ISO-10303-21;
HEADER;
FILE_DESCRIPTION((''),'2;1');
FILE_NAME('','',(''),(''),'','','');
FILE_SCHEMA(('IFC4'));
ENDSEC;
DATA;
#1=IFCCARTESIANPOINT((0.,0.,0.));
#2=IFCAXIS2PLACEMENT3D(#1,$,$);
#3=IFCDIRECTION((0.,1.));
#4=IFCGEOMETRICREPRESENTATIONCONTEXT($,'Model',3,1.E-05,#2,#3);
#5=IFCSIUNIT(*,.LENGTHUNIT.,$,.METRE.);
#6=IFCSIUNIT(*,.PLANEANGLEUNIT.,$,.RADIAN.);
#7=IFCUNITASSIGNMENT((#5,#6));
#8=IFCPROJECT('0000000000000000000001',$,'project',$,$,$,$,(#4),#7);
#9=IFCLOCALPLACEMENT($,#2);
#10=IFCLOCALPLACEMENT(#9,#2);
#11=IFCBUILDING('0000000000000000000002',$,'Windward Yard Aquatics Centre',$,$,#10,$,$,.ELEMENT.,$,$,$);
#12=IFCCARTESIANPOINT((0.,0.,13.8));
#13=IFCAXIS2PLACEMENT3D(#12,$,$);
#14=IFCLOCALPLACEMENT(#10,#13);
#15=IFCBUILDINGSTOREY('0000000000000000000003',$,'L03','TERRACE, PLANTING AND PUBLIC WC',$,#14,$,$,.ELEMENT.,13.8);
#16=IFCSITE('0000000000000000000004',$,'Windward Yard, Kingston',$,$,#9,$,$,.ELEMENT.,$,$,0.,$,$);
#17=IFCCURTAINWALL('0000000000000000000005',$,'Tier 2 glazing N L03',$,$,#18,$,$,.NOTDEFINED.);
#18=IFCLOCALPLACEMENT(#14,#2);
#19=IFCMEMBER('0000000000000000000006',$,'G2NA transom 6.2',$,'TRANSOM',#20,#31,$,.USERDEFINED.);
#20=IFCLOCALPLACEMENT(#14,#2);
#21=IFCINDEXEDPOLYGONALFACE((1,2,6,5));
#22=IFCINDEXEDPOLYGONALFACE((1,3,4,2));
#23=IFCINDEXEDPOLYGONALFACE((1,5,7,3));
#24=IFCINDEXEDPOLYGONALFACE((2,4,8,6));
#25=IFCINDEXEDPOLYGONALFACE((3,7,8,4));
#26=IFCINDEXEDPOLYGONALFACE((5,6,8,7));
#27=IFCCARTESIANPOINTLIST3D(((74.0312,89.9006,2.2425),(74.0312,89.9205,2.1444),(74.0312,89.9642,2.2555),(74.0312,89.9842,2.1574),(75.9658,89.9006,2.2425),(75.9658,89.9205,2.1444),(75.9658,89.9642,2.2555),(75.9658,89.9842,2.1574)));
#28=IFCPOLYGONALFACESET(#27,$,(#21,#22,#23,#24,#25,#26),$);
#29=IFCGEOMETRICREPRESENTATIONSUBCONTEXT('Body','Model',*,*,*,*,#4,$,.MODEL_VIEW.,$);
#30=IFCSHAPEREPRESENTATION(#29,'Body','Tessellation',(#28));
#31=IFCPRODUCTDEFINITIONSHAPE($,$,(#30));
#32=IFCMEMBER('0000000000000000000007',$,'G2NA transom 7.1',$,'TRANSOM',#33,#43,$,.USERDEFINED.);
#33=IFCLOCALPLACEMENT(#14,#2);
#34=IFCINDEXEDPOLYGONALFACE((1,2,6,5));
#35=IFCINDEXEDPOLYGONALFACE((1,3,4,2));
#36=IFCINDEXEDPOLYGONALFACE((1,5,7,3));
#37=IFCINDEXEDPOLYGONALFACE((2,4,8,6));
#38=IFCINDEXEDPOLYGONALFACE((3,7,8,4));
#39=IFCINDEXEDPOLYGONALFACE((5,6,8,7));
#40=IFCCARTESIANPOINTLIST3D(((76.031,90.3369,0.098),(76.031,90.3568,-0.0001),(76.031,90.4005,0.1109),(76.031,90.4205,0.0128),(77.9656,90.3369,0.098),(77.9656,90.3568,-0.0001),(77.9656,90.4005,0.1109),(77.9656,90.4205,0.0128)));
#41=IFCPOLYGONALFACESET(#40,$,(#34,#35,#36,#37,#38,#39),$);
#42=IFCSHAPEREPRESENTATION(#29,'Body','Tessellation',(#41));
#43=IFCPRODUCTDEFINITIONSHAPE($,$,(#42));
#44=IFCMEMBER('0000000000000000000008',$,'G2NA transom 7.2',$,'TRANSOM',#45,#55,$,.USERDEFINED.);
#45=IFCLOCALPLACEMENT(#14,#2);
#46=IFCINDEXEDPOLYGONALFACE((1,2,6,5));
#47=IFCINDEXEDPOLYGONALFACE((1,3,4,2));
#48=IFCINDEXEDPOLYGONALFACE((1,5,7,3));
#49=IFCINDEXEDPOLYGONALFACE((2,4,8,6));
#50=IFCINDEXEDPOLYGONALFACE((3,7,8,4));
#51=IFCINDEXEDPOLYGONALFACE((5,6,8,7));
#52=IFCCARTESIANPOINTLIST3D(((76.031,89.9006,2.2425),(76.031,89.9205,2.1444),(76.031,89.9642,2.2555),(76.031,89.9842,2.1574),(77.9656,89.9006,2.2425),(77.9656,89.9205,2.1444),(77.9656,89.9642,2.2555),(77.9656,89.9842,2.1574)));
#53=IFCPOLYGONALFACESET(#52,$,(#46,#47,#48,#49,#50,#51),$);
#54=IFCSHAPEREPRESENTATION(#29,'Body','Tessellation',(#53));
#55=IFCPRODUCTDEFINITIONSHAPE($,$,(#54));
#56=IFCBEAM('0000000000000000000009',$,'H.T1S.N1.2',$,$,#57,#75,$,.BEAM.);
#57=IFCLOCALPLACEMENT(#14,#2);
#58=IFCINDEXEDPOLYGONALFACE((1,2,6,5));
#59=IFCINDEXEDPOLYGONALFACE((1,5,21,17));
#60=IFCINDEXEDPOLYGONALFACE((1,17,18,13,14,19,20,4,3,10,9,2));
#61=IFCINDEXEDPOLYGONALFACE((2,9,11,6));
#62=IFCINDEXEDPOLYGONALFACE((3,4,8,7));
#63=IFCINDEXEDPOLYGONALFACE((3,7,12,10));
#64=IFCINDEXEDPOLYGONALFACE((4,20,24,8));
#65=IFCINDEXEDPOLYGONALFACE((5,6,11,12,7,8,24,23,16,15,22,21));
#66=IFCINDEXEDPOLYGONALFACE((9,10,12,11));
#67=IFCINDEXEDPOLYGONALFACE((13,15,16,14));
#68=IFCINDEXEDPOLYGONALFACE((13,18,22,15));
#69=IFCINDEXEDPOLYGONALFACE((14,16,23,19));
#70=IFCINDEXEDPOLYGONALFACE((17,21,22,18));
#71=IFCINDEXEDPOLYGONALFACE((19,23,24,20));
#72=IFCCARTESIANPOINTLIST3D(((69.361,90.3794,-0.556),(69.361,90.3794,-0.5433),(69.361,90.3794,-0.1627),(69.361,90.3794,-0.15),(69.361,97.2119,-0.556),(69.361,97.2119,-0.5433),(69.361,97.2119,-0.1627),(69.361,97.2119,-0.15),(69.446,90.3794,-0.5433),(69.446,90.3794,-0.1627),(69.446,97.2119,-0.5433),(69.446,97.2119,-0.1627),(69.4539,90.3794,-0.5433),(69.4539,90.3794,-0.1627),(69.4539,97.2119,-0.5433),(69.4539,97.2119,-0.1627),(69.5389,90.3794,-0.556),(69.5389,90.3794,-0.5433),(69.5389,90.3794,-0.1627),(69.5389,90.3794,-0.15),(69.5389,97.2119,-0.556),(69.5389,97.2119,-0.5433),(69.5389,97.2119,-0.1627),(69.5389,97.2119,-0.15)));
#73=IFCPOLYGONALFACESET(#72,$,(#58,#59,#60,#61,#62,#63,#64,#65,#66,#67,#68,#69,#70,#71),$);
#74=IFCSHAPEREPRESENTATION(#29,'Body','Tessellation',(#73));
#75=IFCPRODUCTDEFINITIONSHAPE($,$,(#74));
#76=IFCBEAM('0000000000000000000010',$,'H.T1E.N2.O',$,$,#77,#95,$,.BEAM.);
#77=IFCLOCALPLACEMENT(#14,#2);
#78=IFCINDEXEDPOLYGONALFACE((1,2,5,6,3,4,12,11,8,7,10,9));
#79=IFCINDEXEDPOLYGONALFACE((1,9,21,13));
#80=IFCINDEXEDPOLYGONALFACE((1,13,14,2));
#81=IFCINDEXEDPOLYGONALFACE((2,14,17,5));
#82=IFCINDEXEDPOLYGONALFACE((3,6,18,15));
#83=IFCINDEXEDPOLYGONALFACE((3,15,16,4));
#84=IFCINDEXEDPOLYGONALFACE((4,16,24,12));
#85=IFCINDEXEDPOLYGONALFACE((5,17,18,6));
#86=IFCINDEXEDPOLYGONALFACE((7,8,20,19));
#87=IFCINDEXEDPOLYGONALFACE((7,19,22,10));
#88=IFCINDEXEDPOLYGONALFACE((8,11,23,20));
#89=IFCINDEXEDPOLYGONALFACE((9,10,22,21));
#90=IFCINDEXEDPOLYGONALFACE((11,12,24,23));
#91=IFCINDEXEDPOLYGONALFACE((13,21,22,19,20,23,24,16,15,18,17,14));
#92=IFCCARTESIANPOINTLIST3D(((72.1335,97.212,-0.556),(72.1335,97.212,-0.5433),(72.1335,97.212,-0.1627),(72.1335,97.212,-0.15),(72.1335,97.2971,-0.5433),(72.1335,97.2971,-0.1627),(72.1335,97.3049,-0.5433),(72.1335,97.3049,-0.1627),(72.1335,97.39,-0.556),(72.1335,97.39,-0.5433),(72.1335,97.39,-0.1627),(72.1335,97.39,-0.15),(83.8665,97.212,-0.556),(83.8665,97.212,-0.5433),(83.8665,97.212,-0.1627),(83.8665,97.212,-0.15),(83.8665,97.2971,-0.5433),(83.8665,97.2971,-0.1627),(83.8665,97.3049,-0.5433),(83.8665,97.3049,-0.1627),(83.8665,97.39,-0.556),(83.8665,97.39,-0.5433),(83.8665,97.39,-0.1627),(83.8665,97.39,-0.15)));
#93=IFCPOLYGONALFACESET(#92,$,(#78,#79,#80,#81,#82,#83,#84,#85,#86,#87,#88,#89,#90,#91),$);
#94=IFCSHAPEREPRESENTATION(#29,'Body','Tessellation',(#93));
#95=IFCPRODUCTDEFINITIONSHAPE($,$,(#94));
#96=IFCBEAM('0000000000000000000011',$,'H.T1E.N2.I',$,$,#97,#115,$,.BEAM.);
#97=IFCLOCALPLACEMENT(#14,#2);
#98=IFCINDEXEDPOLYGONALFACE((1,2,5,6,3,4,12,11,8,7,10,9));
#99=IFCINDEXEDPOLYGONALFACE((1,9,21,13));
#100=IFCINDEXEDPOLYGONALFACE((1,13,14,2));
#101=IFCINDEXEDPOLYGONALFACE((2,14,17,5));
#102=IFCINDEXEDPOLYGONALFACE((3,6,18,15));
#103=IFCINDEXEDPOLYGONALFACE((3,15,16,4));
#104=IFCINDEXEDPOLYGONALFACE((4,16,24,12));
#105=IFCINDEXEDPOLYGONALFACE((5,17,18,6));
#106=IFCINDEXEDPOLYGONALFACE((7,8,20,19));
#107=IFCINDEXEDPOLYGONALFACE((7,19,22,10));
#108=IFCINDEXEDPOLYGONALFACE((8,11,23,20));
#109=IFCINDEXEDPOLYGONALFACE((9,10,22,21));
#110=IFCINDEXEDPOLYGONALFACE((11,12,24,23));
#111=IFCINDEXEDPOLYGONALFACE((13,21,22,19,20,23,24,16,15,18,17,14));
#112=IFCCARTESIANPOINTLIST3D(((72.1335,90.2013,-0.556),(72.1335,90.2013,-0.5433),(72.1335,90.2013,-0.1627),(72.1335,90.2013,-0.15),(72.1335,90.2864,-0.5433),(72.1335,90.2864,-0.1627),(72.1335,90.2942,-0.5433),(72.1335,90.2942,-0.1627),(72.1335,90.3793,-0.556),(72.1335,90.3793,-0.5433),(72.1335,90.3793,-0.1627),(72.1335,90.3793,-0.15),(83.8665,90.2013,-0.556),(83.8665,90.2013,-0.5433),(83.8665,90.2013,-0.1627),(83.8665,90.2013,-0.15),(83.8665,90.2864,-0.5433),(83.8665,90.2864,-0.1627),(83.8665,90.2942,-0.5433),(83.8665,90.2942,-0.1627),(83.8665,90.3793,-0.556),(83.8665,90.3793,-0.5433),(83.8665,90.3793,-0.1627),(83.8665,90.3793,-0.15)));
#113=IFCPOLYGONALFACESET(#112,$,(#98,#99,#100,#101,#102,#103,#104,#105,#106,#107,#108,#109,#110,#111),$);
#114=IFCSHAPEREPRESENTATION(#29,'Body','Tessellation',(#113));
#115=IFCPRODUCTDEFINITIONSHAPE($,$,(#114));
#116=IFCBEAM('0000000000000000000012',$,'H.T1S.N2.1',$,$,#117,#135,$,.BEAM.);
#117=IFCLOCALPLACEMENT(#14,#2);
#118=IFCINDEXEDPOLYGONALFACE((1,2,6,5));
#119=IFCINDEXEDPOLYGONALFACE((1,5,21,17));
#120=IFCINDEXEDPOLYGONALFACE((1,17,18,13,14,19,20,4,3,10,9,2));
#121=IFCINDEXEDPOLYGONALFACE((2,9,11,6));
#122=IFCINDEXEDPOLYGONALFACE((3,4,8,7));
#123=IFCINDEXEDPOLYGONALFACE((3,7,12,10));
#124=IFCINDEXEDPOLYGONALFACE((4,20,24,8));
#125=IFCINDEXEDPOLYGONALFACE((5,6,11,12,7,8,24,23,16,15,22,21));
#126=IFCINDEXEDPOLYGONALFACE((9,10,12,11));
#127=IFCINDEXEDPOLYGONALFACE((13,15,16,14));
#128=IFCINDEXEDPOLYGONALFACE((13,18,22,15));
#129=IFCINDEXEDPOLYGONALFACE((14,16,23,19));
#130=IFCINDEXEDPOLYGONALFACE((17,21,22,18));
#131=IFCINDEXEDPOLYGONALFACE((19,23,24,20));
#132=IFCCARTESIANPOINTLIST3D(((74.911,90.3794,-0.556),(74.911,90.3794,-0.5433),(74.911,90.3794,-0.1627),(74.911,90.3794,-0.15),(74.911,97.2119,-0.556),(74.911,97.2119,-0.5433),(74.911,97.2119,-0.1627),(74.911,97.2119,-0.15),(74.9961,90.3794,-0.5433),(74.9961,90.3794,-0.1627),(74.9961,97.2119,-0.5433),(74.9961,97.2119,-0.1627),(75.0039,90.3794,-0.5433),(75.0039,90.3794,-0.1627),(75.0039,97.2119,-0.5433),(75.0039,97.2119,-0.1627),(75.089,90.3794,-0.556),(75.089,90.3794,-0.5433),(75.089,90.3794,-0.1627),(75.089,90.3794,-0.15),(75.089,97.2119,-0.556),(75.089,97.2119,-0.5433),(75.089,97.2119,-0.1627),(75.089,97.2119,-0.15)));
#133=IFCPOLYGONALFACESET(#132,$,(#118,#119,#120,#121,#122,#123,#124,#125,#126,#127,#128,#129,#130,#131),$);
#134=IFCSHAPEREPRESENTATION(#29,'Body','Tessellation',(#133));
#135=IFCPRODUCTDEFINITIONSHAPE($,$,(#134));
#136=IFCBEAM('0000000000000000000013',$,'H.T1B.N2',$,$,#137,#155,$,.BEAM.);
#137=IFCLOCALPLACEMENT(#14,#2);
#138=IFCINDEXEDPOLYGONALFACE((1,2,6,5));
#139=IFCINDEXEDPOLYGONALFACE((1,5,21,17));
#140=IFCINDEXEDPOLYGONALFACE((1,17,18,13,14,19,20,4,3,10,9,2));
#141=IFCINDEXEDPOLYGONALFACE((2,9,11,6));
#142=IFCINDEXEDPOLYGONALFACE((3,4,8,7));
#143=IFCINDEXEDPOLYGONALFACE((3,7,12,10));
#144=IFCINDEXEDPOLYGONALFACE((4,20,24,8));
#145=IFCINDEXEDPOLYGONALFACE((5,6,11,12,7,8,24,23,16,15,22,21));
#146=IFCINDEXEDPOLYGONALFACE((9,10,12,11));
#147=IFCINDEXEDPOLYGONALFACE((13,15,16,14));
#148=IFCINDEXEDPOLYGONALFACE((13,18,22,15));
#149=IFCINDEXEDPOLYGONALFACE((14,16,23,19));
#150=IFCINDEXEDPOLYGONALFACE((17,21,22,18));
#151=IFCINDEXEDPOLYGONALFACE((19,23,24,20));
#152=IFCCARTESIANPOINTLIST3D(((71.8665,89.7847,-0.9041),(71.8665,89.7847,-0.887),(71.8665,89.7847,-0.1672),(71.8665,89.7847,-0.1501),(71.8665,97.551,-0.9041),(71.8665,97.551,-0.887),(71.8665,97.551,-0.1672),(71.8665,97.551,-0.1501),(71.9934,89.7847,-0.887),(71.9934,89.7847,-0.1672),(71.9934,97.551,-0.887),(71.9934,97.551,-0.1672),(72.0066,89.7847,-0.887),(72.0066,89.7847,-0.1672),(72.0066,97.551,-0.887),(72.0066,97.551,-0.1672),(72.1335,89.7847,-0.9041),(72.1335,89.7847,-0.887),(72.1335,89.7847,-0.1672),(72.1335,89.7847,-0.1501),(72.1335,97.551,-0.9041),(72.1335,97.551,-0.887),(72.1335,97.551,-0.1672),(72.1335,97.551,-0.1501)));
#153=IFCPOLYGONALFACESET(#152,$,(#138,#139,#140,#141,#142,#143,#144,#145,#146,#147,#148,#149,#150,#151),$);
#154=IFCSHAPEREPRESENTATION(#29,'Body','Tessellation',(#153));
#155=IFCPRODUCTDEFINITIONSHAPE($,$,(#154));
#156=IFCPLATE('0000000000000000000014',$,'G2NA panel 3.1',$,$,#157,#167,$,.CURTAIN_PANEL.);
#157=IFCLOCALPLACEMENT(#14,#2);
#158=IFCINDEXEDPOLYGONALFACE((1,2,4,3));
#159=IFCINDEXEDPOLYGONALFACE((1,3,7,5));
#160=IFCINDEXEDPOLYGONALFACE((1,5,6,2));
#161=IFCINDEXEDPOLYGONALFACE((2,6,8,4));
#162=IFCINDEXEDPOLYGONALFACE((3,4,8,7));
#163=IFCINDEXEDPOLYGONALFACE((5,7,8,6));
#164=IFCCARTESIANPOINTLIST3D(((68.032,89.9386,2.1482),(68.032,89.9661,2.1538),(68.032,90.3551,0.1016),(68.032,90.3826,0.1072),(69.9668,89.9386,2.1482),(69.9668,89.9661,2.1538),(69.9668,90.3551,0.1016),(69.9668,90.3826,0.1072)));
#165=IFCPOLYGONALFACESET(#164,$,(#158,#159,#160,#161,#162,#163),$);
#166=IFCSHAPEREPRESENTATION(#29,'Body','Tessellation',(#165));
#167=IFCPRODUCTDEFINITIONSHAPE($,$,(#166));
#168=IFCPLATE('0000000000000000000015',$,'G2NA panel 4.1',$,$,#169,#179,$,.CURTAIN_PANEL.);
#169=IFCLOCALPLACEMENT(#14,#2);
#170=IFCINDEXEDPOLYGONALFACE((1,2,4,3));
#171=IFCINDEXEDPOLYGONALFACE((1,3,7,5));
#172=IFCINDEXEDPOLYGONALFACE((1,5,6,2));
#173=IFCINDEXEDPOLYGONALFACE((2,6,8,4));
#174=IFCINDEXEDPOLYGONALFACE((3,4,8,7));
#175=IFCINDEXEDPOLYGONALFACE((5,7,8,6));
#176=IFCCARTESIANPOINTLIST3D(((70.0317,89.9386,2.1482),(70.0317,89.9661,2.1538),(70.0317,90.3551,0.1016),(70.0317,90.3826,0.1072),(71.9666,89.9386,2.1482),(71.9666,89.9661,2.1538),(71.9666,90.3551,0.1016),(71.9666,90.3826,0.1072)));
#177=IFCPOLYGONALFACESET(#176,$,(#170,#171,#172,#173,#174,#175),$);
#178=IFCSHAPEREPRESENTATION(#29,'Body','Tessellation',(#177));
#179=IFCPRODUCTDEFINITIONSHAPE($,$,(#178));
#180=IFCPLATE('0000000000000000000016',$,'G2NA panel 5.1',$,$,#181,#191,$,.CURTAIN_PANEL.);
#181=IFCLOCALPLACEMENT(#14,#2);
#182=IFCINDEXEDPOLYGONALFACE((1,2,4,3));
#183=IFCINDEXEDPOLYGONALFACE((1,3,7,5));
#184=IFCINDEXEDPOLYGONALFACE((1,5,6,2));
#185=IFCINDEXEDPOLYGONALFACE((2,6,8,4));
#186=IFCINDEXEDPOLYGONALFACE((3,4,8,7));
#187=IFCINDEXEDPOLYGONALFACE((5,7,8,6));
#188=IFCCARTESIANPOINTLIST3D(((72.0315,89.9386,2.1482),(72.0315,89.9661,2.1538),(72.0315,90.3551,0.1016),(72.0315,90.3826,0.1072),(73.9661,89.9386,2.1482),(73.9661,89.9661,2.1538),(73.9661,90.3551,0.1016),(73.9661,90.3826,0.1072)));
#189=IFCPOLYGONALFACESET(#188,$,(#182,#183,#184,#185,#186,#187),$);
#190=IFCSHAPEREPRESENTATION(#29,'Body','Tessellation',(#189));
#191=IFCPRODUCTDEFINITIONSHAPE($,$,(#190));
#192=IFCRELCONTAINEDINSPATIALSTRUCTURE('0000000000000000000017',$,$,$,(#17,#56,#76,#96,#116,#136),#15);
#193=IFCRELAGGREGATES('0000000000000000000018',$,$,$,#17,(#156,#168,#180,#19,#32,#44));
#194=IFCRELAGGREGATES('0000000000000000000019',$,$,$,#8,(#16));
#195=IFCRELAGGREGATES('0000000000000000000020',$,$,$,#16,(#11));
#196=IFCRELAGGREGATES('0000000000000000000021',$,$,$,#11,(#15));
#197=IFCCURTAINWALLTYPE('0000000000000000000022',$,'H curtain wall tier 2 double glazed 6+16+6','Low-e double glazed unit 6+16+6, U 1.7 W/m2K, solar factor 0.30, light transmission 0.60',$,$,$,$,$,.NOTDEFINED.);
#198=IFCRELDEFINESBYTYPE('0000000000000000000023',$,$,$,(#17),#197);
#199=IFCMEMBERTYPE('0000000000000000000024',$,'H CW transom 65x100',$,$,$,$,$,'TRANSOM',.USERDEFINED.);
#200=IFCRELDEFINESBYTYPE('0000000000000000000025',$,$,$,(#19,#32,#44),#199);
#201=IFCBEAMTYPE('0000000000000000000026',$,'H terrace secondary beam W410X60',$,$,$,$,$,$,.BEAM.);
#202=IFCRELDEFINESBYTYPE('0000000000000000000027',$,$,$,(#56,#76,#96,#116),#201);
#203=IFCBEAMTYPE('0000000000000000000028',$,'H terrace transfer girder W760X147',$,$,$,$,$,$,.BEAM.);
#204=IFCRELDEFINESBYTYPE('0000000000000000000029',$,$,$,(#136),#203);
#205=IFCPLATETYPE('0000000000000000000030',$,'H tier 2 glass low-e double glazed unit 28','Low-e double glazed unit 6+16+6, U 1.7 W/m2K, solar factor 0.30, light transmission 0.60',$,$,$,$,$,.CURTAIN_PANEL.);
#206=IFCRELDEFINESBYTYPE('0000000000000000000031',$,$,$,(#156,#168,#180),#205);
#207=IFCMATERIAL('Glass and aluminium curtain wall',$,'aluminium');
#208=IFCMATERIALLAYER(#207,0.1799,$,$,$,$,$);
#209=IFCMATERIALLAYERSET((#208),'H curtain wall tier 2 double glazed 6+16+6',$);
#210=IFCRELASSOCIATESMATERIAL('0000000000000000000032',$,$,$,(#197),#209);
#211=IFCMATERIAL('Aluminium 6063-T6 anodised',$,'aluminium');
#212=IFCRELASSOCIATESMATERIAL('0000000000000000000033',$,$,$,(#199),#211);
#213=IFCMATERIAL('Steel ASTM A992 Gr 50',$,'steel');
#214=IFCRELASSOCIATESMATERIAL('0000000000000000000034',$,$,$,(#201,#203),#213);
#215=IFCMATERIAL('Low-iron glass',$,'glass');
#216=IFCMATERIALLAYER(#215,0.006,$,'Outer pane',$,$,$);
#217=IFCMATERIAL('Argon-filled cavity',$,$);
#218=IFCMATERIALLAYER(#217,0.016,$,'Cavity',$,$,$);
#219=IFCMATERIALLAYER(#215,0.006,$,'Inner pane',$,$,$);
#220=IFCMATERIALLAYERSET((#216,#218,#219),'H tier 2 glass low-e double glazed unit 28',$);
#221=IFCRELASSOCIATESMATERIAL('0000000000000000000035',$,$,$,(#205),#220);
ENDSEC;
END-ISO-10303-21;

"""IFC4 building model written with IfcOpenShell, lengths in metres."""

from ifc_helpers import new_model, si_unit, direction, frame, origin, origin_2d, place, context, subcontext, project, spatial, polyline, rectangle, i_section, outline, extrude, material, layer, layer_set, material_profile, profile_set, type_object, element, aggregate, save


model = new_model("IFC4")

# Units and contexts
model_context = context("Model", 3, precision=1e-05, world=origin(), true_north=direction((0.0, 1.0)))
body_context = subcontext(model_context, "Body", "Model", "MODEL_VIEW")
ifc_project = project(units=[si_unit("LENGTHUNIT", "METRE"), si_unit("PLANEANGLEUNIT", "RADIAN")], contexts=[model_context])

# Site, building, storey
site_placement = place(None, origin())
site = spatial("IfcSite", under=ifc_project, at=site_placement, Name="Windward Yard, Kingston", CompositionType="ELEMENT", RefElevation=0.0)
building_placement = place(site_placement, origin())
building = spatial("IfcBuilding", under=site, at=building_placement, Name="Windward Yard Aquatics Centre", CompositionType="ELEMENT")
storey_placement = place(building_placement, frame((0.0, 0.0, 13.8)))
storey = spatial("IfcBuildingStorey", under=building, at=storey_placement, Name="L03", Description="TERRACE, PLANTING AND PUBLIC WC", CompositionType="ELEMENT", Elevation=13.8)

# Curtain wall, members
ifc_material_1 = material(Name="Glass and aluminium curtain wall", Category="aluminium")
ifc_layer_1 = layer(ifc_material_1, 0.1799)
ifc_layer_set_1 = layer_set([ifc_layer_1], Name="H curtain wall tier 2 double glazed 6+16+6")
curtain_wall_type = type_object("IfcCurtainWallType", Name="H curtain wall tier 2 double glazed 6+16+6", Description="Low-e double glazed unit 6+16+6, U 1.7 W/m2K, solar factor 0.30, light transmission 0.60", PredefinedType="NOTDEFINED", material=ifc_layer_set_1)
curtain_wall_placement = place(storey_placement, origin())
curtain_wall = element("IfcCurtainWall", 1, at=curtain_wall_placement, inside=storey, type_object=curtain_wall_type, Name="Tier 2 glazing N L03", PredefinedType="NOTDEFINED")
ifc_material_2 = material(Name="Aluminium 6063-T6 anodised", Category="aluminium")
ifc_material_profile_1 = material_profile(ifc_material_2, rectangle(XDim=0.0649, YDim=0.1001, at=origin_2d()), Name="H CW transom 65x100")
ifc_profile_set_1 = profile_set([ifc_material_profile_1], Name="Aluminium 6063-T6 anodised")
member_type_1 = type_object("IfcMemberType", Name="H CW transom 65x100", ElementType="TRANSOM", PredefinedType="USERDEFINED", material=ifc_profile_set_1)
member_1_placement = place(storey_placement, frame((74.0312, 89.9424, 2.2), z_axis=(1.0, 0.0, 0.0), x_axis=(0.0, 0.979925, 0.199368)))
member_1 = element("IfcMember", 2, at=member_1_placement, type_object=member_type_1, Name="G2NA transom 6.2", ObjectType="TRANSOM", PredefinedType="USERDEFINED", context=body_context, shape_type="SweptSolid", body=[
    extrude(rectangle(XDim=0.0649, YDim=0.1001, at=origin_2d()), origin(), (0.0, 0.0, 1.0), 1.9346),
])
member_2_placement = place(storey_placement, frame((76.031, 90.3787, 0.0554), z_axis=(1.0, 0.0, 0.0), x_axis=(0.0, 0.979925, 0.199368)))
member_2 = element("IfcMember", 3, at=member_2_placement, type_object=member_type_1, Name="G2NA transom 7.1", ObjectType="TRANSOM", PredefinedType="USERDEFINED", context=body_context, shape_type="SweptSolid", body=[
    extrude(rectangle(XDim=0.0649, YDim=0.1001, at=origin_2d()), origin(), (0.0, 0.0, 1.0), 1.9346),
])
member_3_placement = place(storey_placement, frame((76.031, 89.9424, 2.2), z_axis=(1.0, 0.0, 0.0), x_axis=(0.0, 0.979925, 0.199368)))
member_3 = element("IfcMember", 4, at=member_3_placement, type_object=member_type_1, Name="G2NA transom 7.2", ObjectType="TRANSOM", PredefinedType="USERDEFINED", context=body_context, shape_type="SweptSolid", body=[
    extrude(rectangle(XDim=0.0649, YDim=0.1001, at=origin_2d()), origin(), (0.0, 0.0, 1.0), 1.9346),
])

# Beams
ifc_material_3 = material(Name="Steel ASTM A992 Gr 50", Category="steel")
ifc_material_profile_2 = material_profile(ifc_material_3, i_section(OverallWidth=0.178, OverallDepth=0.406, WebThickness=0.0078, FlangeThickness=0.0127, at=origin_2d()), Name="W410X60")
ifc_profile_set_2 = profile_set([ifc_material_profile_2], Name="Steel ASTM A992 Gr 50")
beam_type_1 = type_object("IfcBeamType", Name="H terrace secondary beam W410X60", PredefinedType="BEAM", material=ifc_profile_set_2)
beam_1_placement = place(storey_placement, frame((69.45, 97.2119, -0.353), z_axis=(0.0, -1.0, 0.0), x_axis=(1.0, 0.0, 0.0)))
element("IfcBeam", 5, at=beam_1_placement, inside=storey, type_object=beam_type_1, Name="H.T1S.N1.2", PredefinedType="BEAM", context=body_context, shape_type="SweptSolid", body=[
    extrude(i_section(OverallWidth=0.178, OverallDepth=0.406, WebThickness=0.0078, FlangeThickness=0.0127, at=origin_2d()), origin(), (0.0, 0.0, 1.0), 6.8325),
])
for number, where, z_axis, x_axis, name in (
    (6, (72.1335, 97.301, -0.353), (1.0, 0.0, 0.0), (0.0, 1.0, 0.0), "H.T1E.N2.O"),
    (7, (72.1335, 90.2903, -0.353), (1.0, 0.0, 0.0), (0.0, 1.0, 0.0), "H.T1E.N2.I"),
):
    element("IfcBeam", number, at=place(storey_placement, frame(where, z_axis=z_axis, x_axis=x_axis)), inside=storey, type_object=beam_type_1, Name=name, PredefinedType="BEAM", context=body_context, shape_type="SweptSolid", body=[
        extrude(i_section(OverallWidth=0.178, OverallDepth=0.406, WebThickness=0.0078, FlangeThickness=0.0127, at=origin_2d()), origin(), (0.0, 0.0, 1.0), 11.7329),
    ])
beam_2_placement = place(storey_placement, frame((75.0, 97.2119, -0.353), z_axis=(0.0, -1.0, 0.0), x_axis=(1.0, 0.0, 0.0)))
element("IfcBeam", 8, at=beam_2_placement, inside=storey, type_object=beam_type_1, Name="H.T1S.N2.1", PredefinedType="BEAM", context=body_context, shape_type="SweptSolid", body=[
    extrude(i_section(OverallWidth=0.178, OverallDepth=0.406, WebThickness=0.0078, FlangeThickness=0.0127, at=origin_2d()), origin(), (0.0, 0.0, 1.0), 6.8325),
])
ifc_material_profile_3 = material_profile(ifc_material_3, i_section(OverallWidth=0.2671, OverallDepth=0.7539, WebThickness=0.0132, FlangeThickness=0.0171, at=origin_2d()), Name="W760X147")
ifc_profile_set_3 = profile_set([ifc_material_profile_3], Name="Steel ASTM A992 Gr 50")
beam_type_2 = type_object("IfcBeamType", Name="H terrace transfer girder W760X147", PredefinedType="BEAM", material=ifc_profile_set_3)
beam_3_placement = place(storey_placement, frame((72.0, 97.551, -0.5271), z_axis=(0.0, -1.0, 0.0), x_axis=(1.0, 0.0, 0.0)))
element("IfcBeam", 9, at=beam_3_placement, inside=storey, type_object=beam_type_2, Name="H.T1B.N2", PredefinedType="BEAM", context=body_context, shape_type="SweptSolid", body=[
    extrude(i_section(OverallWidth=0.2671, OverallDepth=0.7539, WebThickness=0.0132, FlangeThickness=0.0171, at=origin_2d()), origin(), (0.0, 0.0, 1.0), 7.7664),
])

# Plates
ifc_material_4 = material(Name="Low-iron glass", Category="glass")
ifc_layer_2 = layer(ifc_material_4, 0.006, Name="Outer pane")
ifc_material_5 = material(Name="Argon-filled cavity")
ifc_layer_3 = layer(ifc_material_5, 0.016, Name="Cavity")
ifc_layer_4 = layer(ifc_material_4, 0.006, Name="Inner pane")
ifc_layer_set_2 = layer_set([ifc_layer_2, ifc_layer_3, ifc_layer_4], Name="H tier 2 glass low-e double glazed unit 28")
plate_type = type_object("IfcPlateType", Name="H tier 2 glass low-e double glazed unit 28", Description="Low-e double glazed unit 6+16+6, U 1.7 W/m2K, solar factor 0.30, light transmission 0.60", PredefinedType="CURTAIN_PANEL", material=ifc_layer_set_2)
plate_1_placement = place(storey_placement, frame((68.032, 89.9661, 2.1538), z_axis=(0.0, 0.979914, 0.199419), x_axis=(0.0, 0.199419, -0.979914)))
plate_1 = element("IfcPlate", 10, at=plate_1_placement, type_object=plate_type, Name="G2NA panel 3.1", PredefinedType="CURTAIN_PANEL", context=body_context, shape_type="SweptSolid", body=[
    extrude(outline(polyline([(0.0, 0.0), (2.0886, 0.0), (2.0886, -1.9348), (0.0, -1.9348), (0.0, 0.0)])), origin(), (0.0, 0.0, -1.0), 0.0281),
])
plate_2_placement = place(storey_placement, frame((70.0317, 89.9661, 2.1538), z_axis=(0.0, 0.979914, 0.199419), x_axis=(0.0, 0.199419, -0.979914)))
plate_2 = element("IfcPlate", 11, at=plate_2_placement, type_object=plate_type, Name="G2NA panel 4.1", PredefinedType="CURTAIN_PANEL", context=body_context, shape_type="SweptSolid", body=[
    extrude(outline(polyline([(0.0, 0.0), (2.0886, 0.0), (2.0886, -1.9348), (0.0, -1.9348), (0.0, 0.0)])), origin(), (0.0, 0.0, -1.0), 0.0281),
])
plate_3_placement = place(storey_placement, frame((72.0315, 89.9661, 2.1538), z_axis=(0.0, 0.979914, 0.199419), x_axis=(0.0, 0.199419, -0.979914)))
plate_3 = element("IfcPlate", 12, at=plate_3_placement, type_object=plate_type, Name="G2NA panel 5.1", PredefinedType="CURTAIN_PANEL", context=body_context, shape_type="SweptSolid", body=[
    extrude(outline(polyline([(0.0, 0.0), (2.0886, 0.0), (2.0886, -1.9346), (0.0, -1.9346), (0.0, 0.0)])), origin(), (0.0, 0.0, -1.0), 0.0281),
])
aggregate(curtain_wall, [plate_1, plate_2, plate_3, member_1, member_2, member_3])

save(model, "model.ifc")
